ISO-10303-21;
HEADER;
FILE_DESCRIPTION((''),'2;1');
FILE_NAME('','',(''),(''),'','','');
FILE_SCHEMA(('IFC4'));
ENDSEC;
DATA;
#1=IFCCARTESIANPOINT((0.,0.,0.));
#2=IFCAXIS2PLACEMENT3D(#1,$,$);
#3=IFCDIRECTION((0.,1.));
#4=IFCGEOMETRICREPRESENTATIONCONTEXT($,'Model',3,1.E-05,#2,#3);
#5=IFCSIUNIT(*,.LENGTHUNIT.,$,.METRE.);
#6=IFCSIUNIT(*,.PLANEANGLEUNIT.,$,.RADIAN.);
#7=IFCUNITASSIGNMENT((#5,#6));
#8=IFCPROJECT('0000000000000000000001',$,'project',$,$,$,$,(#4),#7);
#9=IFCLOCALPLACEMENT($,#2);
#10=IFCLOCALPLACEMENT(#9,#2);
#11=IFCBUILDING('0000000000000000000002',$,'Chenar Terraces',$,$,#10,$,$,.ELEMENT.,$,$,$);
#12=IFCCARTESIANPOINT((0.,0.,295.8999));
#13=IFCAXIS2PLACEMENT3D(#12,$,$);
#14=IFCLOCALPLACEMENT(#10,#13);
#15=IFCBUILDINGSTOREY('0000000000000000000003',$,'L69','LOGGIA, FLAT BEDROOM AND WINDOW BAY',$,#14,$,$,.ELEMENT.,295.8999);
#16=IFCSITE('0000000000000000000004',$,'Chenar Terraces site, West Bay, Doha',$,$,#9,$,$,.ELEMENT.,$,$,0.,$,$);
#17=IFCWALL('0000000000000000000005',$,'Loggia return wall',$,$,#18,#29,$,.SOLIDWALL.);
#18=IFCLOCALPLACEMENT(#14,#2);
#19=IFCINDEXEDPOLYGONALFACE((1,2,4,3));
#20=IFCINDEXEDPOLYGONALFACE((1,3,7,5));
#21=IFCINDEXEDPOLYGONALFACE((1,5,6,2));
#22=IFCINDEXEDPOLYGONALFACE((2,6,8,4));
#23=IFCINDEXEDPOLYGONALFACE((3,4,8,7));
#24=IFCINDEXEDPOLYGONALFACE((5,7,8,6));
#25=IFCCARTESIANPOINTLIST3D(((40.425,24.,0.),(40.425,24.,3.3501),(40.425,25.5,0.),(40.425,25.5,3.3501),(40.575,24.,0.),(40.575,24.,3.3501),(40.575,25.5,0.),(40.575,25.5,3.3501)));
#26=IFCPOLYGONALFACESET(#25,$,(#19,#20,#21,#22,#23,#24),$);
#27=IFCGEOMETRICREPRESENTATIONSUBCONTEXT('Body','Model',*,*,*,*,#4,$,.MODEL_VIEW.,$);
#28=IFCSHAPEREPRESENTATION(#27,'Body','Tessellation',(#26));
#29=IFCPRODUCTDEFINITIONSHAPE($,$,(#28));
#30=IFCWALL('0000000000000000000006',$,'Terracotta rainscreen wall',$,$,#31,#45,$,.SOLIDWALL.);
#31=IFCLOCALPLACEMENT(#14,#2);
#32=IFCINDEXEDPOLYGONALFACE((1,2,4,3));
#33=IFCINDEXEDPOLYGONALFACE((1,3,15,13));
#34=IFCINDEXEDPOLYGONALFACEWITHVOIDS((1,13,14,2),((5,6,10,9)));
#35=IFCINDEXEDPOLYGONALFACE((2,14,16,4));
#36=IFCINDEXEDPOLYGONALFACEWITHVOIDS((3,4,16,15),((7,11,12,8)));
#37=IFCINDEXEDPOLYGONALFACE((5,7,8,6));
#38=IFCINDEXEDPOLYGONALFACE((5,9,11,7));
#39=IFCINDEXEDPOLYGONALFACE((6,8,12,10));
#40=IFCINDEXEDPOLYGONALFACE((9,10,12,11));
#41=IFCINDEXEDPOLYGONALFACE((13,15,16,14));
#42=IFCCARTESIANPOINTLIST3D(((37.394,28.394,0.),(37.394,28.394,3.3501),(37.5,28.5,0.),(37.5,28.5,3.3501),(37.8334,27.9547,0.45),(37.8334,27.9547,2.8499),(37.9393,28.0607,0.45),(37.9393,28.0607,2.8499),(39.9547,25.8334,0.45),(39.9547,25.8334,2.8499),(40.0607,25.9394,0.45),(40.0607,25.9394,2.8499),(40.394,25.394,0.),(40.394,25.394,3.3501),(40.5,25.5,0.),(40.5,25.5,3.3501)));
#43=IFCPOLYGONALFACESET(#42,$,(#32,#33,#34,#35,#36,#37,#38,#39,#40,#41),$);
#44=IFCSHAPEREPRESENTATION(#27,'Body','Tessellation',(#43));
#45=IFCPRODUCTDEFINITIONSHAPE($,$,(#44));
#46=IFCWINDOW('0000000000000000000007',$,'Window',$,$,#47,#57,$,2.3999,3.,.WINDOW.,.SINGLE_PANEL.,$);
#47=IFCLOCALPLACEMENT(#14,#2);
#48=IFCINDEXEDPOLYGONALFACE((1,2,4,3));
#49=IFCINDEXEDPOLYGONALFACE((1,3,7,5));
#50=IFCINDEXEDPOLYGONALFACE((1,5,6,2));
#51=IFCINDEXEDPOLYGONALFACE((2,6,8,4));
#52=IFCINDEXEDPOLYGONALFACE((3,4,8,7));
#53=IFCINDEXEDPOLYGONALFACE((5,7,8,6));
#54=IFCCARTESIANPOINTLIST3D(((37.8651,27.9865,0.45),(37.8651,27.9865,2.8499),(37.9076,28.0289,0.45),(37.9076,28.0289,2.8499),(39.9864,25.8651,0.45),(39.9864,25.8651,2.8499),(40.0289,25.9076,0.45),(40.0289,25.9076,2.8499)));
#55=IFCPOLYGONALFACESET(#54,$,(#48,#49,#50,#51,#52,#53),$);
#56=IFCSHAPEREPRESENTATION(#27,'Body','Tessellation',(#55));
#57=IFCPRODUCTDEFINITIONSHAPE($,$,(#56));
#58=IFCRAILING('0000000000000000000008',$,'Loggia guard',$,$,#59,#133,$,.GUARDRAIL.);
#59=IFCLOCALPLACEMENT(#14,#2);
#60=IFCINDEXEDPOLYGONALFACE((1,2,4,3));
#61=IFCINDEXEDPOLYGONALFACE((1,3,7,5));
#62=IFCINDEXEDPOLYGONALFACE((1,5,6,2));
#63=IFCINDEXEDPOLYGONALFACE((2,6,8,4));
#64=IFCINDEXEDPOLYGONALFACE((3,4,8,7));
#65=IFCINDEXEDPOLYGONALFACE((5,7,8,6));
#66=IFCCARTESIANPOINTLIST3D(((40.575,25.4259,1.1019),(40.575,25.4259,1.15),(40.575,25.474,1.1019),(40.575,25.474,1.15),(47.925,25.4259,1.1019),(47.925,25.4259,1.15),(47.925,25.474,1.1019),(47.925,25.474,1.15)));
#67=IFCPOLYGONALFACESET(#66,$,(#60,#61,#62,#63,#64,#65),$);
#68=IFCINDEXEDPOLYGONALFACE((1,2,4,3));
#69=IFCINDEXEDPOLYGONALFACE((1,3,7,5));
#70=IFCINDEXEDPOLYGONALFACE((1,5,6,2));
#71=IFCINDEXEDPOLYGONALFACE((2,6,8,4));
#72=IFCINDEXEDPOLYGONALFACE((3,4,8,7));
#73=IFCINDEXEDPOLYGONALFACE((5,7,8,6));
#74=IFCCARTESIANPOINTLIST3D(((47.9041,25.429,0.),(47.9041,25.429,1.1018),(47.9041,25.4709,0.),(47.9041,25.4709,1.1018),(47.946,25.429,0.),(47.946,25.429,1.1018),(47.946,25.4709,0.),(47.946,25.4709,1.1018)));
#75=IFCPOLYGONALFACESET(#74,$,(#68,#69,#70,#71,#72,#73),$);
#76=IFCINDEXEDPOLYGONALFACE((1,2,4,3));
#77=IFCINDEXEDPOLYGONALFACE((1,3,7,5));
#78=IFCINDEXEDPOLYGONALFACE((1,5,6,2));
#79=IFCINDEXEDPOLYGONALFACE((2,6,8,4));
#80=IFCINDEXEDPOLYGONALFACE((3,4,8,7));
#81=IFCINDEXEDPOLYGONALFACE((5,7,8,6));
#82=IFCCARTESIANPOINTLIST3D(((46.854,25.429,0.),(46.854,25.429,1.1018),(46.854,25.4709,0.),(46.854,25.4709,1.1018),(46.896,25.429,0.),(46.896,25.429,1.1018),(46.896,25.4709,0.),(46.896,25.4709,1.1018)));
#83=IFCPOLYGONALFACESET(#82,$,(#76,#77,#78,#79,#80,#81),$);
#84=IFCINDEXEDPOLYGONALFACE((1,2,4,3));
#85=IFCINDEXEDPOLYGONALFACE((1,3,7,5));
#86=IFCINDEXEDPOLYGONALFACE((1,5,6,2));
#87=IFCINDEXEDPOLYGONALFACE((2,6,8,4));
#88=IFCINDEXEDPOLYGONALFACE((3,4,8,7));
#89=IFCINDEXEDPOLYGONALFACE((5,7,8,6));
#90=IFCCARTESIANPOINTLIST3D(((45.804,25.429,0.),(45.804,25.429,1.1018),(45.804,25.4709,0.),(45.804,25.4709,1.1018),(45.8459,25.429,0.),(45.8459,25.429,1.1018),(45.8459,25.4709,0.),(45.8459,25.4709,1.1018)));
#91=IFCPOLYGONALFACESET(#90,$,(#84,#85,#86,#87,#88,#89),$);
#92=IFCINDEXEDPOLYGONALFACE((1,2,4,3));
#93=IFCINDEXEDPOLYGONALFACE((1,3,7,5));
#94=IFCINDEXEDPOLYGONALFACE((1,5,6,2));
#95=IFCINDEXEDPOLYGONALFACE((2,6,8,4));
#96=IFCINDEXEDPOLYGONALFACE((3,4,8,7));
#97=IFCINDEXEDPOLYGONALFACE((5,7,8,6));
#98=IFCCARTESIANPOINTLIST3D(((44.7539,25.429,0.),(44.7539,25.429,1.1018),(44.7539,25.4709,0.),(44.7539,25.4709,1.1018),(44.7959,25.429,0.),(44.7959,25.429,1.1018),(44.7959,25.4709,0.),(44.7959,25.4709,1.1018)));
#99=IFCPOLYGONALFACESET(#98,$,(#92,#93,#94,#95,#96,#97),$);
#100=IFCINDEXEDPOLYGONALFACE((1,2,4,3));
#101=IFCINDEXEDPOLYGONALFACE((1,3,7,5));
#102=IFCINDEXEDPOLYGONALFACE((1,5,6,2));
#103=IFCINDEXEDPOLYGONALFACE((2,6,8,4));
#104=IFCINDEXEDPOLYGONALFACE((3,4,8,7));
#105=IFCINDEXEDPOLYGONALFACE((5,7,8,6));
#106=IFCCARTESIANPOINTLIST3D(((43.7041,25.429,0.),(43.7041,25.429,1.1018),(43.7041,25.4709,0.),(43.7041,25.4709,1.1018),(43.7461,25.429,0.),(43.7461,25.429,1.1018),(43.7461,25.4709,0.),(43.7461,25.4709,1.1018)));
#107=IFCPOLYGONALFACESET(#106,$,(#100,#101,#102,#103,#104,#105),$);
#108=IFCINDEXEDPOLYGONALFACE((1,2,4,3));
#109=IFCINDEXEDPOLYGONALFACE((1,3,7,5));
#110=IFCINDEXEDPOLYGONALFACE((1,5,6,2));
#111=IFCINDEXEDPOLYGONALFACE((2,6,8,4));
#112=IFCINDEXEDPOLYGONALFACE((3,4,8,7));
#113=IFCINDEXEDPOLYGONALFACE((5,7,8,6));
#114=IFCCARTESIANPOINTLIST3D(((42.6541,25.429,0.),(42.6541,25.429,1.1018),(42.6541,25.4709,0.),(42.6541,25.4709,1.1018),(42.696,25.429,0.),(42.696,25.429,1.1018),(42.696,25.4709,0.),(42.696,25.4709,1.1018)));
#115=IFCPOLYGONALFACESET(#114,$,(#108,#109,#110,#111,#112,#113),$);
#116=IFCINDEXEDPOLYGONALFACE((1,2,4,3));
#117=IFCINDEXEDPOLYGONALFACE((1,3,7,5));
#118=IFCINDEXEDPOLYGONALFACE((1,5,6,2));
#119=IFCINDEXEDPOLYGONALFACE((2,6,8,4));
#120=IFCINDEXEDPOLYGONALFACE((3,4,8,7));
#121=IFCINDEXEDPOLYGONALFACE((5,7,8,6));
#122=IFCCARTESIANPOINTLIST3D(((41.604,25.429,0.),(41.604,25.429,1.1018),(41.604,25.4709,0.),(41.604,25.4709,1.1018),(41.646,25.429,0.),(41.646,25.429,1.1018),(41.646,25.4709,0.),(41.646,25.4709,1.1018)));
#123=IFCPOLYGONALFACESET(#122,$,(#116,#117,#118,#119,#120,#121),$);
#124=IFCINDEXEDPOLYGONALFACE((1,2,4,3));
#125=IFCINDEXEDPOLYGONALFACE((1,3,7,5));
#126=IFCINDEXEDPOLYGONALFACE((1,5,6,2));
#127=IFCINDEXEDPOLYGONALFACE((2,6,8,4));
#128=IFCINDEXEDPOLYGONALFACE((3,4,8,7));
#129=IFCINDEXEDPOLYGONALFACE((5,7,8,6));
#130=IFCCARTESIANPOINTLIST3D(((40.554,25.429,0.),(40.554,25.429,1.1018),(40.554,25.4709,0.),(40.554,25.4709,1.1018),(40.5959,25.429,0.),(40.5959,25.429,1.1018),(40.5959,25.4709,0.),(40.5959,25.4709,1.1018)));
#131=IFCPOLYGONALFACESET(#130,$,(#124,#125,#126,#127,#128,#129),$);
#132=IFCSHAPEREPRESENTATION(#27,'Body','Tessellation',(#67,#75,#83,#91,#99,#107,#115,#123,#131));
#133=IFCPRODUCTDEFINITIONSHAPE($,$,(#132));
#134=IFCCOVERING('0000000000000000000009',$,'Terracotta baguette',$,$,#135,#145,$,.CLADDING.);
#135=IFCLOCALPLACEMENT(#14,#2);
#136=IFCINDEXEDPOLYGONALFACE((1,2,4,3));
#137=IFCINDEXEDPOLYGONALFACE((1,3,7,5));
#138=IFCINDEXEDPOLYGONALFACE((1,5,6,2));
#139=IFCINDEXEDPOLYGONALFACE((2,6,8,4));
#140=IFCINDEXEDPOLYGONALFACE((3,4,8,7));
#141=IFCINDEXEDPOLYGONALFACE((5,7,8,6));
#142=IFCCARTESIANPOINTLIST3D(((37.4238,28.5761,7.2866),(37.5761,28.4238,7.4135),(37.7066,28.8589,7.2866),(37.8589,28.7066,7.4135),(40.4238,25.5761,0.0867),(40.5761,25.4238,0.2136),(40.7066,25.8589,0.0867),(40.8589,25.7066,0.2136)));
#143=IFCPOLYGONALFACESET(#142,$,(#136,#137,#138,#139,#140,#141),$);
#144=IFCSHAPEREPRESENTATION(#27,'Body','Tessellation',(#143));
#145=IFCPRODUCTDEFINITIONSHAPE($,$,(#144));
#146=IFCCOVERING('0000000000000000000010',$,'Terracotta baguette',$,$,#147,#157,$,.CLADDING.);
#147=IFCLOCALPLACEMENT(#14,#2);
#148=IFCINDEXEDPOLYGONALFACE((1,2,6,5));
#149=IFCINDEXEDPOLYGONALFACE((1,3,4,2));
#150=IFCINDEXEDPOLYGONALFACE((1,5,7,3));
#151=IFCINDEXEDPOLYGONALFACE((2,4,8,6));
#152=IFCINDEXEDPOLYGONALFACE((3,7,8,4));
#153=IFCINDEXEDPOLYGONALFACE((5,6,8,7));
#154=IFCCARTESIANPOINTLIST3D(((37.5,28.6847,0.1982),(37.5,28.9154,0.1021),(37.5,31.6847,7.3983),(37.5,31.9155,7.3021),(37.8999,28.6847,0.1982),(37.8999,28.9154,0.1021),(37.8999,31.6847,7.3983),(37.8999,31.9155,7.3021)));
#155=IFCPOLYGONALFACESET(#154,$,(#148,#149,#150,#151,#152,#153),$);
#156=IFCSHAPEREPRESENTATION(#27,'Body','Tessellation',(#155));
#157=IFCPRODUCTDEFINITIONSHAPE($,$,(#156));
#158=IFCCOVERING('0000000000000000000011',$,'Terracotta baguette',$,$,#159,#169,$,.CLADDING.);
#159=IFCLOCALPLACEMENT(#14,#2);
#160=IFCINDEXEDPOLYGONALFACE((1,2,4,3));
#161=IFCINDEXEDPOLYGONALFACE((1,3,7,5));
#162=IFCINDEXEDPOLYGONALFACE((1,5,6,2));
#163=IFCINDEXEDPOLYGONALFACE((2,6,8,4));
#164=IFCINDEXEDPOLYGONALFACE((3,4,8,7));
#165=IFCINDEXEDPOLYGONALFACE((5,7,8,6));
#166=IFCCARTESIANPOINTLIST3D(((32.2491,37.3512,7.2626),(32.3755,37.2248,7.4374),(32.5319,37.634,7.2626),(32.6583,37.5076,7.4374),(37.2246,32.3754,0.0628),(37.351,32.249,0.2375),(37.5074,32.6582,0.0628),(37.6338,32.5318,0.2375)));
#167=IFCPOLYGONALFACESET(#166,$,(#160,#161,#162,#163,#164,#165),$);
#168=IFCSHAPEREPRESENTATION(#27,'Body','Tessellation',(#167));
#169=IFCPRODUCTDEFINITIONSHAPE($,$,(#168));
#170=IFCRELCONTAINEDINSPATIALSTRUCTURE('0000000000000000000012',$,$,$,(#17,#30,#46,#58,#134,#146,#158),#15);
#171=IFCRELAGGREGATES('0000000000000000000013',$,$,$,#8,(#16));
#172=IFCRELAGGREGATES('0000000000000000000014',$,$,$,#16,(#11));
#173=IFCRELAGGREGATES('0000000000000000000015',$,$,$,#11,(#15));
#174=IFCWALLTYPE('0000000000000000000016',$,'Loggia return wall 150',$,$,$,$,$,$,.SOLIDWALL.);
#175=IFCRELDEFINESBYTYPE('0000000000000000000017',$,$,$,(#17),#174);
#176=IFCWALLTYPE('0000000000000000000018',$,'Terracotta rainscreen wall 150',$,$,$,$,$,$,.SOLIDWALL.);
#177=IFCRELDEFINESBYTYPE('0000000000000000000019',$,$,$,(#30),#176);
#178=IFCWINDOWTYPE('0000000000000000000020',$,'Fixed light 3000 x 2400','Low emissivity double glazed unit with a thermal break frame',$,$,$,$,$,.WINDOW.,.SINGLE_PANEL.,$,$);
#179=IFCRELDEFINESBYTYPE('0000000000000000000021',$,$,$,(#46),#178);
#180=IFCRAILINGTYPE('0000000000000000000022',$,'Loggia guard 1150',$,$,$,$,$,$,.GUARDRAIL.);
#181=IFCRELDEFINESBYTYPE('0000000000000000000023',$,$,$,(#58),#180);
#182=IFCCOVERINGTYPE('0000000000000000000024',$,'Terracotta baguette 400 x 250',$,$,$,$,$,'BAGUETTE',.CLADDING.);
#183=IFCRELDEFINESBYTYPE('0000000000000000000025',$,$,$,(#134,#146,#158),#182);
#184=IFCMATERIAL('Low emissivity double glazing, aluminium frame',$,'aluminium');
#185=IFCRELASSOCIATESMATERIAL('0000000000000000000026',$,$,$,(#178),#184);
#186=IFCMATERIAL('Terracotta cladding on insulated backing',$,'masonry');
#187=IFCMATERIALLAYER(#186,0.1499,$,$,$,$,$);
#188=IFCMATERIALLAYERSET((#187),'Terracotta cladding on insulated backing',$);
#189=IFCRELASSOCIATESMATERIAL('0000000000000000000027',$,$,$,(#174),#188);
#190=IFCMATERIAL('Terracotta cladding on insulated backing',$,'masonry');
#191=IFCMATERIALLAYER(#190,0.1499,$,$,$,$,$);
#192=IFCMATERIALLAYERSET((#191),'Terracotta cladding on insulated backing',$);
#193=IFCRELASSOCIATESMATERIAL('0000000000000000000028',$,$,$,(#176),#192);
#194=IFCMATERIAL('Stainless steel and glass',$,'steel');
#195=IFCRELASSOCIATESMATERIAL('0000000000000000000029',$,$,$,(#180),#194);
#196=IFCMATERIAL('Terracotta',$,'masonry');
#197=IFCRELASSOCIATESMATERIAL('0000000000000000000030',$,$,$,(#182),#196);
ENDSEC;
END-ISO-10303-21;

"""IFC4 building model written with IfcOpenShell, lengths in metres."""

from ifc_helpers import new_model, si_unit, direction, frame, frame_2d, origin, origin_2d, place, context, subcontext, project, spatial, rectangle, extrude, material, layer, layer_set, material_profile, profile_set, type_object, element, fill, save


model = new_model("IFC4")

# Units and contexts
model_context = context("Model", 3, precision=1e-05, world=origin(), true_north=direction((0.0, 1.0)))
body_context = subcontext(model_context, "Body", "Model", "MODEL_VIEW")
ifc_project = project(units=[si_unit("LENGTHUNIT", "METRE"), si_unit("PLANEANGLEUNIT", "RADIAN")], contexts=[model_context])

# Site, building, storey
site_placement = place(None, origin())
site = spatial("IfcSite", under=ifc_project, at=site_placement, Name="Chenar Terraces site, West Bay, Doha", CompositionType="ELEMENT", RefElevation=0.0)
building_placement = place(site_placement, origin())
building = spatial("IfcBuilding", under=site, at=building_placement, Name="Chenar Terraces", CompositionType="ELEMENT")
storey_placement = place(building_placement, frame((0.0, 0.0, 295.8999)))
storey = spatial("IfcBuildingStorey", under=building, at=storey_placement, Name="L69", Description="LOGGIA, FLAT BEDROOM AND WINDOW BAY", CompositionType="ELEMENT", Elevation=295.8999)

# Shared definitions
ifc_material_1 = material(Name="Low emissivity double glazing, aluminium frame", Category="aluminium")
window_type_1 = type_object("IfcWindowType", Name="Fixed light 3000 x 2400", Description="Low emissivity double glazed unit with a thermal break frame", PartitioningType="SINGLE_PANEL", PredefinedType="WINDOW", material=ifc_material_1)

# Wall
ifc_material_2 = material(Name="Terracotta cladding on insulated backing", Category="masonry")
ifc_layer_1 = layer(ifc_material_2, 0.1499)
ifc_layer_set_1 = layer_set([ifc_layer_1], Name="Terracotta cladding on insulated backing")
wall_type_1 = type_object("IfcWallType", Name="Loggia return wall 150", PredefinedType="SOLIDWALL", material=ifc_layer_set_1)
for number, where, z_axis, x_axis, name in (
    (1, (40.5, 25.5, 0.0), (0.0, 0.0, 1.0), (0.0, -1.0, 0.0), "Loggia return wall"),
):
    element("IfcWall", number, at=place(storey_placement, frame(where, z_axis=z_axis, x_axis=x_axis)), inside=storey, type_object=wall_type_1, Name=name, PredefinedType="SOLIDWALL", context=body_context, shape_type="SweptSolid", body=[
        extrude(rectangle(XDim=1.5, YDim=0.1499, at=frame_2d((0.75, 0.0))), origin(), (0.0, 0.0, 1.0), 3.3501),
    ])

# Wall, opening, window
ifc_material_3 = material(Name="Terracotta cladding on insulated backing", Category="masonry")
ifc_layer_2 = layer(ifc_material_3, 0.1499)
ifc_layer_set_2 = layer_set([ifc_layer_2], Name="Terracotta cladding on insulated backing")
wall_type_2 = type_object("IfcWallType", Name="Terracotta rainscreen wall 150", PredefinedType="SOLIDWALL", material=ifc_layer_set_2)
wall_1_placement = place(storey_placement, frame((40.447, 25.447, 0.0), z_axis=(0.0, 0.0, 1.0), x_axis=(-0.707107, 0.707107, 0.0)))
wall_1 = element("IfcWall", 2, at=wall_1_placement, inside=storey, type_object=wall_type_2, Name="Terracotta rainscreen wall", PredefinedType="SOLIDWALL", context=body_context, shape_type="SweptSolid", body=[
    extrude(rectangle(XDim=4.2427, YDim=0.1499, at=frame_2d((2.1213, 0.0))), origin(), (0.0, 0.0, 1.0), 3.3501),
])
opening_1_placement = place(wall_1_placement, frame((0.6213, 0.0, 0.45)))
opening_1 = element("IfcOpeningElement", 3, at=opening_1_placement, cuts=wall_1, PredefinedType="OPENING", context=body_context, shape_type="SweptSolid", body=[
    extrude(rectangle(XDim=3.0, YDim=2.3999, at=frame_2d((1.5, 1.2))), frame((0.0, 0.085, 0.0), z_axis=(0.0, -1.0, 0.0), x_axis=(1.0, 0.0, 0.0)), (0.0, 0.0, 1.0), 0.1699),
])
window_1_placement = place(opening_1_placement, origin())
window_1 = element("IfcWindow", 4, at=window_1_placement, inside=storey, type_object=window_type_1, Name="Window", OverallHeight=2.3999, OverallWidth=3.0, PartitioningType="SINGLE_PANEL", PredefinedType="WINDOW", context=body_context, shape_type="SweptSolid", body=[
    extrude(rectangle(XDim=3.0, YDim=2.3999, at=frame_2d((1.5, 1.2))), frame((0.0, 0.03, 0.0), z_axis=(0.0, -1.0, 0.0), x_axis=(1.0, 0.0, 0.0)), (0.0, 0.0, 1.0), 0.0601),
])
fill(opening_1, window_1)

# Railing
ifc_material_4 = material(Name="Stainless steel and glass", Category="steel")
railing_type = type_object("IfcRailingType", Name="Loggia guard 1150", PredefinedType="GUARDRAIL", material=ifc_material_4)
railing_placement = place(storey_placement, frame((47.925, 25.45, 0.0)))
element("IfcRailing", 5, at=railing_placement, inside=storey, type_object=railing_type, Name="Loggia guard", PredefinedType="GUARDRAIL", context=body_context, shape_type="SweptSolid", body=[
    extrude(rectangle(XDim=0.0481, YDim=0.0481, at=origin_2d()), frame((0.0, 0.0, 1.126), z_axis=(-1.0, 0.0, 0.0), x_axis=(0.0, -1.0, 0.0)), (0.0, 0.0, 1.0), 7.3501),
    extrude(rectangle(XDim=0.042, YDim=0.042, at=origin_2d()), origin(), (0.0, 0.0, 1.0), 1.1018),
    extrude(rectangle(XDim=0.042, YDim=0.042, at=origin_2d()), frame((-1.05, 0.0, 0.0)), (0.0, 0.0, 1.0), 1.1018),
    extrude(rectangle(XDim=0.042, YDim=0.042, at=origin_2d()), frame((-2.1001, 0.0, 0.0)), (0.0, 0.0, 1.0), 1.1018),
    extrude(rectangle(XDim=0.042, YDim=0.042, at=origin_2d()), frame((-3.1501, 0.0, 0.0)), (0.0, 0.0, 1.0), 1.1018),
    extrude(rectangle(XDim=0.042, YDim=0.042, at=origin_2d()), frame((-4.2, 0.0, 0.0)), (0.0, 0.0, 1.0), 1.1018),
    extrude(rectangle(XDim=0.042, YDim=0.042, at=origin_2d()), frame((-5.25, 0.0, 0.0)), (0.0, 0.0, 1.0), 1.1018),
    extrude(rectangle(XDim=0.042, YDim=0.042, at=origin_2d()), frame((-6.3, 0.0, 0.0)), (0.0, 0.0, 1.0), 1.1018),
    extrude(rectangle(XDim=0.042, YDim=0.042, at=origin_2d()), frame((-7.3501, 0.0, 0.0)), (0.0, 0.0, 1.0), 1.1018),
])

# Coverings
ifc_material_5 = material(Name="Terracotta", Category="masonry")
ifc_material_profile_1 = material_profile(ifc_material_5, rectangle(XDim=0.3999, YDim=0.25, at=origin_2d()), Name="Terracotta baguette 400 x 250")
ifc_profile_set_1 = profile_set([ifc_material_profile_1], Name="Terracotta")
covering_type = type_object("IfcCoveringType", Name="Terracotta baguette 400 x 250", ElementType="BAGUETTE", PredefinedType="CLADDING", material=ifc_profile_set_1)
covering_1_placement = place(storey_placement, frame((40.6414, 25.6414, 0.1501), z_axis=(-0.358981, 0.358981, 0.861548), x_axis=(-0.707107, -0.707107, 0.0)))
element("IfcCovering", 6, at=covering_1_placement, inside=storey, type_object=covering_type, Name="Terracotta baguette", PredefinedType="CLADDING", context=body_context, shape_type="SweptSolid", body=[
    extrude(rectangle(XDim=0.3999, YDim=0.25, at=origin_2d()), origin(), (0.0, 0.0, 1.0), 8.3569),
])
covering_2_placement = place(storey_placement, frame((37.7, 28.8, 0.1501), z_axis=(0.0, 0.384618, 0.923076), x_axis=(-1.0, 0.0, 0.0)))
element("IfcCovering", 7, at=covering_2_placement, inside=storey, type_object=covering_type, Name="Terracotta baguette", PredefinedType="CLADDING", context=body_context, shape_type="SweptSolid", body=[
    extrude(rectangle(XDim=0.3999, YDim=0.25, at=origin_2d()), origin(), (0.0, 0.0, 1.0), 7.8),
])
covering_3_placement = place(storey_placement, frame((37.4292, 32.4536, 0.1501), z_axis=(-0.494222, 0.494247, 0.715167), x_axis=(-0.707124, -0.707089, 0.0)))
element("IfcCovering", 8, at=covering_3_placement, inside=storey, type_object=covering_type, Name="Terracotta baguette", PredefinedType="CLADDING", context=body_context, shape_type="SweptSolid", body=[
    extrude(rectangle(XDim=0.3999, YDim=0.25, at=origin_2d()), origin(), (0.0, 0.0, 1.0), 10.0674),
])

save(model, "model.ifc")
